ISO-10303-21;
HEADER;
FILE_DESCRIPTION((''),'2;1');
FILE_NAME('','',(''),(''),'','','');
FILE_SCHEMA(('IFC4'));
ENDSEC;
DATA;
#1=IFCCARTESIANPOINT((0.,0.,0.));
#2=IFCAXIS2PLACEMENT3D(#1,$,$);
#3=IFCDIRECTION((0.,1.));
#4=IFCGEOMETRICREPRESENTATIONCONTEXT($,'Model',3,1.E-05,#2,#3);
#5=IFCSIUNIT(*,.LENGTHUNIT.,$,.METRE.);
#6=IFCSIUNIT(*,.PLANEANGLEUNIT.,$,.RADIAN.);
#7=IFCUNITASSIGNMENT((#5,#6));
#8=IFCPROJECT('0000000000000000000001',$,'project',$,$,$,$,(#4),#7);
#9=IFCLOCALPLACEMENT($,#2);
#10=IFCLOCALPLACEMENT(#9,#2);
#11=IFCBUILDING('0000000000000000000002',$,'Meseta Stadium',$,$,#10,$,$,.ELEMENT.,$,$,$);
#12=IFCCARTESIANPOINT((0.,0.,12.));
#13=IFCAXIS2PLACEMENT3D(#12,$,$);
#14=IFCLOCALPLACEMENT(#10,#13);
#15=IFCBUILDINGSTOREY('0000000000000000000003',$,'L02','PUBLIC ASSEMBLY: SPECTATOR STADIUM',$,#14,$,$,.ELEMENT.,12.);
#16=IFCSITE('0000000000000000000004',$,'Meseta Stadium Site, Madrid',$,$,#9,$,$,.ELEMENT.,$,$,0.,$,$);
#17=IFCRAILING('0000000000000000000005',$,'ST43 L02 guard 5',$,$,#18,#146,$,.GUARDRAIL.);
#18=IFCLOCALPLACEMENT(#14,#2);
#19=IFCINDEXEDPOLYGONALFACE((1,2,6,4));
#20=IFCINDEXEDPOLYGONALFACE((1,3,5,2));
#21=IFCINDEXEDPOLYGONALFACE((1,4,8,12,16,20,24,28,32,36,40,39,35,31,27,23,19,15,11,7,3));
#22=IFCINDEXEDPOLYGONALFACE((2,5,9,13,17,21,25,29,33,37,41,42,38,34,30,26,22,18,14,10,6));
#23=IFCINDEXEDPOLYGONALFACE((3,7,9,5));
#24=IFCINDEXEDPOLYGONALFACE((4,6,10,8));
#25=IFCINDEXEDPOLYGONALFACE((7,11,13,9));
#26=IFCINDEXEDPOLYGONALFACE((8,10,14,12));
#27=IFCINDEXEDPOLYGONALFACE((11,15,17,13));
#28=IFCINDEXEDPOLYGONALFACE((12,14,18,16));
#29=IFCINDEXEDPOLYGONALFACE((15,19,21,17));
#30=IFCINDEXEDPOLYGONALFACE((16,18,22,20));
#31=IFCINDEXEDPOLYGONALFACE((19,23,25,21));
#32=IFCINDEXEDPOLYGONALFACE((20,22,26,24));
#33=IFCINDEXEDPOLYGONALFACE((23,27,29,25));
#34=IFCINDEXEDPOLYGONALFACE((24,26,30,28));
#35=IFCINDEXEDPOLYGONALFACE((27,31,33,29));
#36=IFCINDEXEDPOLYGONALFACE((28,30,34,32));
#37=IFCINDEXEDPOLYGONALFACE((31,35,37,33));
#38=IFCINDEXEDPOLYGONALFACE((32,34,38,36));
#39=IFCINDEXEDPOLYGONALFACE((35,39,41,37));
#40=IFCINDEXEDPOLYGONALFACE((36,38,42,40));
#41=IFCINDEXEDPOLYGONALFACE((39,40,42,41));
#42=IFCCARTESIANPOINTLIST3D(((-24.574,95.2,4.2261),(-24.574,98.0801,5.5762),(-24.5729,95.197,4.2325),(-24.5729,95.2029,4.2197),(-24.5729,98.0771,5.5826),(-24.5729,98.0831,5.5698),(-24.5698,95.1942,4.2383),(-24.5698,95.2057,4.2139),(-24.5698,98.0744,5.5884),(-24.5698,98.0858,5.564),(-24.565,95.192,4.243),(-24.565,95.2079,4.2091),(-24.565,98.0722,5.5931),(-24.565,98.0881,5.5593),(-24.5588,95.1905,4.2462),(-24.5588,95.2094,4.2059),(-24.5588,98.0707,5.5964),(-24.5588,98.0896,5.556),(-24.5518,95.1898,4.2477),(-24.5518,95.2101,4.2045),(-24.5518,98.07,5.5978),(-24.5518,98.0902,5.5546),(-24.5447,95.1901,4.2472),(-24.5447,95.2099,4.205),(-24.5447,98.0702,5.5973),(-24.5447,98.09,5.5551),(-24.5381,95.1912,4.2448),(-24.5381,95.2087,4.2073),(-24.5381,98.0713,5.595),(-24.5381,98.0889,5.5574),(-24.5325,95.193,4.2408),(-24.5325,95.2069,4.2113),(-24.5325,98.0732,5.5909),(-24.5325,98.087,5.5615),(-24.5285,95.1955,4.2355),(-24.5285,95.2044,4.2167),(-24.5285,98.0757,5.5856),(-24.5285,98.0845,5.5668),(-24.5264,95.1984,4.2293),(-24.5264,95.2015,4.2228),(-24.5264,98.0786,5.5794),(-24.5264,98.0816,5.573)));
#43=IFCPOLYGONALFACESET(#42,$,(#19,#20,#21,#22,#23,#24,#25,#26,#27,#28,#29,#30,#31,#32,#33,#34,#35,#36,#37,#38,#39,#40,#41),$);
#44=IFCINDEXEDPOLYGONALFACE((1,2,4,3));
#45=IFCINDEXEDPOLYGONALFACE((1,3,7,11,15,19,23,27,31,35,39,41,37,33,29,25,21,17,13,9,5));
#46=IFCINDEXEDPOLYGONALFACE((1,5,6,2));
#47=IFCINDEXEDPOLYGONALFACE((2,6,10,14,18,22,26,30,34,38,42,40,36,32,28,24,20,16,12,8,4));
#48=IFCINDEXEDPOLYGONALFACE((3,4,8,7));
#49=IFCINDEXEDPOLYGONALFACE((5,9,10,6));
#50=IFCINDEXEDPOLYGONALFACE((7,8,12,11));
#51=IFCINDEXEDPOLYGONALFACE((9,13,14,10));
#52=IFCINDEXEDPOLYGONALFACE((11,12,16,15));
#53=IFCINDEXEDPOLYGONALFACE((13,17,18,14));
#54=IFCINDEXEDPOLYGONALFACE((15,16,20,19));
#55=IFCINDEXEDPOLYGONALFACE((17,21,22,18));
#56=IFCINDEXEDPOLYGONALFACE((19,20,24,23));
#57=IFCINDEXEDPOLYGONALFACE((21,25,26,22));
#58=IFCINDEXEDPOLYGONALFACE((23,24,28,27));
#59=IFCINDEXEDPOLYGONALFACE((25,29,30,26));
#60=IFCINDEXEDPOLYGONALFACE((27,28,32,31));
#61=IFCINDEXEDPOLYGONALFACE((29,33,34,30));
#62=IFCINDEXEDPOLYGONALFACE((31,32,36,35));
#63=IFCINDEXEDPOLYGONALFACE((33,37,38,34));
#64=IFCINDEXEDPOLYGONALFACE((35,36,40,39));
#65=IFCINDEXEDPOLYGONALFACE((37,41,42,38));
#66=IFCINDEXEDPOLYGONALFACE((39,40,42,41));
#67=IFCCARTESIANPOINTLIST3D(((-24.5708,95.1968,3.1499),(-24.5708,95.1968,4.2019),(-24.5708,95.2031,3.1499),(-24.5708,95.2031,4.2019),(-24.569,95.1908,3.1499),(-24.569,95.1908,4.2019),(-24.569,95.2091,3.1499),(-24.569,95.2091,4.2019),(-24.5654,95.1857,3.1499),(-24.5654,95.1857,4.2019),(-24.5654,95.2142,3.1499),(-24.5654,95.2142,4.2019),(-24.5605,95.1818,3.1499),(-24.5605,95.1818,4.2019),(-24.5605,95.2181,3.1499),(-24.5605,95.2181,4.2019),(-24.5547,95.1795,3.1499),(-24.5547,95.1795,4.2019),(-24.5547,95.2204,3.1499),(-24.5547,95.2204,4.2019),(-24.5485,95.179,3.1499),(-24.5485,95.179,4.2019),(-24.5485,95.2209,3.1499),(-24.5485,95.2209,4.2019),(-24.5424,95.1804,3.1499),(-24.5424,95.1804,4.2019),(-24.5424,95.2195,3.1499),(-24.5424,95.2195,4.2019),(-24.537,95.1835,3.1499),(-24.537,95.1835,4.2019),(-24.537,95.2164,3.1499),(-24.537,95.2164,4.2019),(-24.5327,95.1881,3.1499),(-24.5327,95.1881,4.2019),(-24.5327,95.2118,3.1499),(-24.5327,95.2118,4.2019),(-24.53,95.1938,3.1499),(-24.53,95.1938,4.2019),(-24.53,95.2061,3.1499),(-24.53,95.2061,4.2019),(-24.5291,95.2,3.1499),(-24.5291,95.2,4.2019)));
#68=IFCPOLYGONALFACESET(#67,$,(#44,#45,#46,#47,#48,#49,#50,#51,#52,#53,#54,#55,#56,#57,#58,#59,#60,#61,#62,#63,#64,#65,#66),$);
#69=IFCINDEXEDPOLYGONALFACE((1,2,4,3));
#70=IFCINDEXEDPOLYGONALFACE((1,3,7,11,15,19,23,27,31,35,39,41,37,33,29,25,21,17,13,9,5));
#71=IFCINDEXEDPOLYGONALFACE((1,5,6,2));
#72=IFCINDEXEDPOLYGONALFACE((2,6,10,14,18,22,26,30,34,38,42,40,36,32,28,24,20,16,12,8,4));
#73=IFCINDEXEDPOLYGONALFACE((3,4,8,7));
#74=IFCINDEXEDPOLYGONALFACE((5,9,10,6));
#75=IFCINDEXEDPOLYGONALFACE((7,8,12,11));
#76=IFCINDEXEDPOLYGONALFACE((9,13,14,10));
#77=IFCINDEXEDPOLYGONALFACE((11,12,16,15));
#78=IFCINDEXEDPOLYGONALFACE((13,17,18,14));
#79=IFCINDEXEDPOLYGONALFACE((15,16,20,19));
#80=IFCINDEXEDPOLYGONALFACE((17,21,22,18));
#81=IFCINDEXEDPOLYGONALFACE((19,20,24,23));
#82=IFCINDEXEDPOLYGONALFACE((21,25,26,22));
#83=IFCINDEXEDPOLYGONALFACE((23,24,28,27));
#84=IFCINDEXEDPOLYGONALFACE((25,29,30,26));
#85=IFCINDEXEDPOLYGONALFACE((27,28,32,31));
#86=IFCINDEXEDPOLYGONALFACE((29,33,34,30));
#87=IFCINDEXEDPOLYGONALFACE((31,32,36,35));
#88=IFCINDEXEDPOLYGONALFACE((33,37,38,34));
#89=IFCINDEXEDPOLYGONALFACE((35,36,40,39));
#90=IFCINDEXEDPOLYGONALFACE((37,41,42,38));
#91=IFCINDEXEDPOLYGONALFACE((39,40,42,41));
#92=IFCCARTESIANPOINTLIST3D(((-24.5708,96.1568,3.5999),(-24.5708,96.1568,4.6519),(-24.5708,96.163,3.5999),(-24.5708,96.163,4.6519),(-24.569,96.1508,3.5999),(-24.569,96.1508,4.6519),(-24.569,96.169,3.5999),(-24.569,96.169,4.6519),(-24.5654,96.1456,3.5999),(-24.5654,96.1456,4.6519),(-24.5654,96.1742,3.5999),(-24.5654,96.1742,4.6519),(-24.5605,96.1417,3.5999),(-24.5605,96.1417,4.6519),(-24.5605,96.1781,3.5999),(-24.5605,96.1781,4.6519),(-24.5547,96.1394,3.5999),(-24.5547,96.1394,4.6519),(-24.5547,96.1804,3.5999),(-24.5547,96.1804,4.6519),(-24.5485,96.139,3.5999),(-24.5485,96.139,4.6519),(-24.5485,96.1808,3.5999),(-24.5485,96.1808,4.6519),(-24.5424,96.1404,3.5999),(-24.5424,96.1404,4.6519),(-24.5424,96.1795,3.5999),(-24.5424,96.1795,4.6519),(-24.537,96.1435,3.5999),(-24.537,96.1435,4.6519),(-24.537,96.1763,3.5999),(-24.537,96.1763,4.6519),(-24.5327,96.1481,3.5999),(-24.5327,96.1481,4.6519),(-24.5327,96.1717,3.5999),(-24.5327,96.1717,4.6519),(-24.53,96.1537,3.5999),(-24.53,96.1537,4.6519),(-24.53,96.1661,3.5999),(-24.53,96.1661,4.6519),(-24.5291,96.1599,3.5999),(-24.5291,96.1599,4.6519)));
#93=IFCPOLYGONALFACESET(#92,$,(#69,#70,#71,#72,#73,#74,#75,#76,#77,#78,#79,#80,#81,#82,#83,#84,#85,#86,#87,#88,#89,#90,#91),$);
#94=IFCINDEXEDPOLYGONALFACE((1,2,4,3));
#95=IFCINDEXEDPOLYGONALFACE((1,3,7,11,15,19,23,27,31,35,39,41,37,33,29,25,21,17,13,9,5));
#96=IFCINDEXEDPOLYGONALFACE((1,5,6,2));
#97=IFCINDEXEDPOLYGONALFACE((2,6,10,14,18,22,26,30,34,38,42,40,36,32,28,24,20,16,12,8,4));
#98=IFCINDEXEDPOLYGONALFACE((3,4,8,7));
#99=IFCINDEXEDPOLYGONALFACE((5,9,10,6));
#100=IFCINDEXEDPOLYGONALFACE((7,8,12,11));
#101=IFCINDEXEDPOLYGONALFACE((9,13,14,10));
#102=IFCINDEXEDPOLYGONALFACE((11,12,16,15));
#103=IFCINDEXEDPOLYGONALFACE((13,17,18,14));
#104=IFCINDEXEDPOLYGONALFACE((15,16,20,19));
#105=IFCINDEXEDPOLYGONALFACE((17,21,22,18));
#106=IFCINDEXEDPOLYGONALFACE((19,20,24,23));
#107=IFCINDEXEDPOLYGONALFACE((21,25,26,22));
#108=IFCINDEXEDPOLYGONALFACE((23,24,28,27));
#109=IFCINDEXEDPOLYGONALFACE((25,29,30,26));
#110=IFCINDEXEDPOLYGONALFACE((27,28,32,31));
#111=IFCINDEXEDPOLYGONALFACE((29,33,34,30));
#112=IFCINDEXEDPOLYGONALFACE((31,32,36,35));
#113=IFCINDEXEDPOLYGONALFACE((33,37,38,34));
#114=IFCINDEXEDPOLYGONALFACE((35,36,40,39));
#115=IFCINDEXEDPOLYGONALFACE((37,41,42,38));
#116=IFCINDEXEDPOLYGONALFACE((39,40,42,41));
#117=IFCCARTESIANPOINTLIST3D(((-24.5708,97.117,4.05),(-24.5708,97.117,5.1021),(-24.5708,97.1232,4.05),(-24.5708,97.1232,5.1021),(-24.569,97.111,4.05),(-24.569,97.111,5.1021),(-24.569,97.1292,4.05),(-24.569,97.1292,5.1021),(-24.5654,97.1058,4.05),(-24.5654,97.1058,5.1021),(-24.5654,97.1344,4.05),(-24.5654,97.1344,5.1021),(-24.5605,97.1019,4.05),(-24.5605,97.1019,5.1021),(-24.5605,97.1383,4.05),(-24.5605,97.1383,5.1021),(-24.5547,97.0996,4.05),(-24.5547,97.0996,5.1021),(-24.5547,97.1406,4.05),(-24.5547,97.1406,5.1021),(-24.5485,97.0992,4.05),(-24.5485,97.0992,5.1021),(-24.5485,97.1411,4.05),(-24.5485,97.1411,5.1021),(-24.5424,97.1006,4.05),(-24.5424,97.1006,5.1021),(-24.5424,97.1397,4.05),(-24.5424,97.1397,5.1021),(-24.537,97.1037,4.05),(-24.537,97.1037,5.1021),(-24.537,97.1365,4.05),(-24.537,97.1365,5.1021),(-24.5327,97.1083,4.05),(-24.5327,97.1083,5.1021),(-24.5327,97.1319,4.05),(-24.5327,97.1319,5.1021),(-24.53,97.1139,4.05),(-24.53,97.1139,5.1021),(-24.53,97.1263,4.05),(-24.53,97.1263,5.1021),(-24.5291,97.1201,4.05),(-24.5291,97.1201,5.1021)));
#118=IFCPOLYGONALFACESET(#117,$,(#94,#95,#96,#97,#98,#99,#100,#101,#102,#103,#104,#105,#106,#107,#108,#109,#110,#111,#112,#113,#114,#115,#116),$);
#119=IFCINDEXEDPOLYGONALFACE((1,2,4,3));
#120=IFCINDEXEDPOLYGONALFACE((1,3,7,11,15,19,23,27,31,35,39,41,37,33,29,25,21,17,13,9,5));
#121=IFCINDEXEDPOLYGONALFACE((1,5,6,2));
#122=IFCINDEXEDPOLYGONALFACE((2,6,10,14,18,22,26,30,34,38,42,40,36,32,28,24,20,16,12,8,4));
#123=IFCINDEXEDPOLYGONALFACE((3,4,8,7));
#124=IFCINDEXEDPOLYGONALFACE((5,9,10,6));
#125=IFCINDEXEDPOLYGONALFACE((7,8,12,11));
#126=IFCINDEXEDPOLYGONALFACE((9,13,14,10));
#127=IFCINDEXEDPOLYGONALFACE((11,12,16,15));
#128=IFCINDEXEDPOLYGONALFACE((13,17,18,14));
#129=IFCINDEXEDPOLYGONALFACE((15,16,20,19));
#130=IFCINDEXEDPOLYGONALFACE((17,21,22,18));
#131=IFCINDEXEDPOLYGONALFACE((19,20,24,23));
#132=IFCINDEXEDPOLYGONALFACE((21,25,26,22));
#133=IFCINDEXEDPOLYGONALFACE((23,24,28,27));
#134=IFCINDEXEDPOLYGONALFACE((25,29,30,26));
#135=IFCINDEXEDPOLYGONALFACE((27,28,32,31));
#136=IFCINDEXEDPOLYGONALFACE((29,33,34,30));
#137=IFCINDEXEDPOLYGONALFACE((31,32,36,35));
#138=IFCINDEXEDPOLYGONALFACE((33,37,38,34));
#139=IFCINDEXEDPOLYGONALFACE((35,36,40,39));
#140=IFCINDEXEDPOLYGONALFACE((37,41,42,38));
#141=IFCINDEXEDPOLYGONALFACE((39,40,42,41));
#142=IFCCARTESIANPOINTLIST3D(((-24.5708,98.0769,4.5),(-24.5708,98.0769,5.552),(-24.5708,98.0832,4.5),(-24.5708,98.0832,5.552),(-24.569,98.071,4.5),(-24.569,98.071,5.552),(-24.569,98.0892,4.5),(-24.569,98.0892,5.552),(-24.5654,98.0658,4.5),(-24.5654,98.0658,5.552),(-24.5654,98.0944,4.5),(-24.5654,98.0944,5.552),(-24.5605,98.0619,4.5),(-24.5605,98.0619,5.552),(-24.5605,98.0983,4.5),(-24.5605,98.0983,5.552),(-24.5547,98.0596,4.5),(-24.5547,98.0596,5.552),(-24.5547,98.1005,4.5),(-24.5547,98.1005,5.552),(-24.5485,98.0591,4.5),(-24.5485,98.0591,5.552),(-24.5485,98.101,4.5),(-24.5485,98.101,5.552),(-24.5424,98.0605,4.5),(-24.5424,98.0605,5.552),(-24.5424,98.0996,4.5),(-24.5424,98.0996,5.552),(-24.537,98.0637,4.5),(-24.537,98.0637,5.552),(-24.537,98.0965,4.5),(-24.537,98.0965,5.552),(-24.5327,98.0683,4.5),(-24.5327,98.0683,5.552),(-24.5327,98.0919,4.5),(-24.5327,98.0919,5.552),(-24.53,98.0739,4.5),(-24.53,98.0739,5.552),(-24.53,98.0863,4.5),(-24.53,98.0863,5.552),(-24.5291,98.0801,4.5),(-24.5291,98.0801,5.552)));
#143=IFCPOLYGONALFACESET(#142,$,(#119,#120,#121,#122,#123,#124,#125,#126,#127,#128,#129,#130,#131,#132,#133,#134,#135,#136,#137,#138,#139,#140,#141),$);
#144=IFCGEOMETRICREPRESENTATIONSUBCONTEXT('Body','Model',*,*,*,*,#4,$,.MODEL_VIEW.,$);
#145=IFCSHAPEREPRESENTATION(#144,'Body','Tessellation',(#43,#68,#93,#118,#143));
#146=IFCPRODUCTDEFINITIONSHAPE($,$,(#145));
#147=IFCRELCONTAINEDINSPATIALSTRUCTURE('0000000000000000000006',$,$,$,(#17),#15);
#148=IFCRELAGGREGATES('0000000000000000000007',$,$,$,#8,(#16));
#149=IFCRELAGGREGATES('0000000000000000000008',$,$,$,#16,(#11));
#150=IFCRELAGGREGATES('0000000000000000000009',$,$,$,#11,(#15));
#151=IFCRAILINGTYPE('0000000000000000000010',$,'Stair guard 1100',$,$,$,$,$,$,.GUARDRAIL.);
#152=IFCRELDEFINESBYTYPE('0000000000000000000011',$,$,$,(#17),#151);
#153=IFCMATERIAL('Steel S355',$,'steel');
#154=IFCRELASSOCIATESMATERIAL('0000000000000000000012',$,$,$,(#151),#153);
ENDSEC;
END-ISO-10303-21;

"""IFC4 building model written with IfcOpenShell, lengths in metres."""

from ifc_helpers import new_model, si_unit, direction, frame, origin, origin_2d, place, context, subcontext, project, spatial, circle, extrude, material, type_object, element, save


model = new_model("IFC4")

# Units and contexts
model_context = context("Model", 3, precision=1e-05, world=origin(), true_north=direction((0.0, 1.0)))
body_context = subcontext(model_context, "Body", "Model", "MODEL_VIEW")
ifc_project = project(units=[si_unit("LENGTHUNIT", "METRE"), si_unit("PLANEANGLEUNIT", "RADIAN")], contexts=[model_context])

# Site, building, storey
site_placement = place(None, origin())
site = spatial("IfcSite", under=ifc_project, at=site_placement, Name="Meseta Stadium Site, Madrid", CompositionType="ELEMENT", RefElevation=0.0)
building_placement = place(site_placement, origin())
building = spatial("IfcBuilding", under=site, at=building_placement, Name="Meseta Stadium", CompositionType="ELEMENT")
storey_placement = place(building_placement, frame((0.0, 0.0, 12.0)))
storey = spatial("IfcBuildingStorey", under=building, at=storey_placement, Name="L02", Description="PUBLIC ASSEMBLY: SPECTATOR STADIUM", CompositionType="ELEMENT", Elevation=12.0)

# Railing
ifc_material_1 = material(Name="Steel S355", Category="steel")
railing_type_1 = type_object("IfcRailingType", Name="Stair guard 1100", PredefinedType="GUARDRAIL", material=ifc_material_1)
railing_1_placement = place(storey_placement, frame((-24.55, 95.2, 3.1499)))
element("IfcRailing", 1, at=railing_1_placement, inside=storey, type_object=railing_type_1, Name="ST43 L02 guard 5", PredefinedType="GUARDRAIL", context=body_context, shape_type="SweptSolid", body=[
    extrude(circle(Radius=0.0239, at=origin_2d()), frame((0.0, 0.0, 1.0762), z_axis=(0.0, 0.905454, 0.424444), x_axis=(-1.0, 0.0, 0.0)), (0.0, 0.0, 1.0), 3.1809),
    extrude(circle(Radius=0.021, at=origin_2d()), origin(), (0.0, 0.0, 1.0), 1.052),
    extrude(circle(Radius=0.021, at=origin_2d()), frame((0.0, 0.96, 0.45)), (0.0, 0.0, 1.0), 1.052),
    extrude(circle(Radius=0.021, at=origin_2d()), frame((0.0, 1.9202, 0.9001)), (0.0, 0.0, 1.0), 1.052),
    extrude(circle(Radius=0.021, at=origin_2d()), frame((0.0, 2.8801, 1.3501)), (0.0, 0.0, 1.0), 1.052),
])

save(model, "model.ifc")
